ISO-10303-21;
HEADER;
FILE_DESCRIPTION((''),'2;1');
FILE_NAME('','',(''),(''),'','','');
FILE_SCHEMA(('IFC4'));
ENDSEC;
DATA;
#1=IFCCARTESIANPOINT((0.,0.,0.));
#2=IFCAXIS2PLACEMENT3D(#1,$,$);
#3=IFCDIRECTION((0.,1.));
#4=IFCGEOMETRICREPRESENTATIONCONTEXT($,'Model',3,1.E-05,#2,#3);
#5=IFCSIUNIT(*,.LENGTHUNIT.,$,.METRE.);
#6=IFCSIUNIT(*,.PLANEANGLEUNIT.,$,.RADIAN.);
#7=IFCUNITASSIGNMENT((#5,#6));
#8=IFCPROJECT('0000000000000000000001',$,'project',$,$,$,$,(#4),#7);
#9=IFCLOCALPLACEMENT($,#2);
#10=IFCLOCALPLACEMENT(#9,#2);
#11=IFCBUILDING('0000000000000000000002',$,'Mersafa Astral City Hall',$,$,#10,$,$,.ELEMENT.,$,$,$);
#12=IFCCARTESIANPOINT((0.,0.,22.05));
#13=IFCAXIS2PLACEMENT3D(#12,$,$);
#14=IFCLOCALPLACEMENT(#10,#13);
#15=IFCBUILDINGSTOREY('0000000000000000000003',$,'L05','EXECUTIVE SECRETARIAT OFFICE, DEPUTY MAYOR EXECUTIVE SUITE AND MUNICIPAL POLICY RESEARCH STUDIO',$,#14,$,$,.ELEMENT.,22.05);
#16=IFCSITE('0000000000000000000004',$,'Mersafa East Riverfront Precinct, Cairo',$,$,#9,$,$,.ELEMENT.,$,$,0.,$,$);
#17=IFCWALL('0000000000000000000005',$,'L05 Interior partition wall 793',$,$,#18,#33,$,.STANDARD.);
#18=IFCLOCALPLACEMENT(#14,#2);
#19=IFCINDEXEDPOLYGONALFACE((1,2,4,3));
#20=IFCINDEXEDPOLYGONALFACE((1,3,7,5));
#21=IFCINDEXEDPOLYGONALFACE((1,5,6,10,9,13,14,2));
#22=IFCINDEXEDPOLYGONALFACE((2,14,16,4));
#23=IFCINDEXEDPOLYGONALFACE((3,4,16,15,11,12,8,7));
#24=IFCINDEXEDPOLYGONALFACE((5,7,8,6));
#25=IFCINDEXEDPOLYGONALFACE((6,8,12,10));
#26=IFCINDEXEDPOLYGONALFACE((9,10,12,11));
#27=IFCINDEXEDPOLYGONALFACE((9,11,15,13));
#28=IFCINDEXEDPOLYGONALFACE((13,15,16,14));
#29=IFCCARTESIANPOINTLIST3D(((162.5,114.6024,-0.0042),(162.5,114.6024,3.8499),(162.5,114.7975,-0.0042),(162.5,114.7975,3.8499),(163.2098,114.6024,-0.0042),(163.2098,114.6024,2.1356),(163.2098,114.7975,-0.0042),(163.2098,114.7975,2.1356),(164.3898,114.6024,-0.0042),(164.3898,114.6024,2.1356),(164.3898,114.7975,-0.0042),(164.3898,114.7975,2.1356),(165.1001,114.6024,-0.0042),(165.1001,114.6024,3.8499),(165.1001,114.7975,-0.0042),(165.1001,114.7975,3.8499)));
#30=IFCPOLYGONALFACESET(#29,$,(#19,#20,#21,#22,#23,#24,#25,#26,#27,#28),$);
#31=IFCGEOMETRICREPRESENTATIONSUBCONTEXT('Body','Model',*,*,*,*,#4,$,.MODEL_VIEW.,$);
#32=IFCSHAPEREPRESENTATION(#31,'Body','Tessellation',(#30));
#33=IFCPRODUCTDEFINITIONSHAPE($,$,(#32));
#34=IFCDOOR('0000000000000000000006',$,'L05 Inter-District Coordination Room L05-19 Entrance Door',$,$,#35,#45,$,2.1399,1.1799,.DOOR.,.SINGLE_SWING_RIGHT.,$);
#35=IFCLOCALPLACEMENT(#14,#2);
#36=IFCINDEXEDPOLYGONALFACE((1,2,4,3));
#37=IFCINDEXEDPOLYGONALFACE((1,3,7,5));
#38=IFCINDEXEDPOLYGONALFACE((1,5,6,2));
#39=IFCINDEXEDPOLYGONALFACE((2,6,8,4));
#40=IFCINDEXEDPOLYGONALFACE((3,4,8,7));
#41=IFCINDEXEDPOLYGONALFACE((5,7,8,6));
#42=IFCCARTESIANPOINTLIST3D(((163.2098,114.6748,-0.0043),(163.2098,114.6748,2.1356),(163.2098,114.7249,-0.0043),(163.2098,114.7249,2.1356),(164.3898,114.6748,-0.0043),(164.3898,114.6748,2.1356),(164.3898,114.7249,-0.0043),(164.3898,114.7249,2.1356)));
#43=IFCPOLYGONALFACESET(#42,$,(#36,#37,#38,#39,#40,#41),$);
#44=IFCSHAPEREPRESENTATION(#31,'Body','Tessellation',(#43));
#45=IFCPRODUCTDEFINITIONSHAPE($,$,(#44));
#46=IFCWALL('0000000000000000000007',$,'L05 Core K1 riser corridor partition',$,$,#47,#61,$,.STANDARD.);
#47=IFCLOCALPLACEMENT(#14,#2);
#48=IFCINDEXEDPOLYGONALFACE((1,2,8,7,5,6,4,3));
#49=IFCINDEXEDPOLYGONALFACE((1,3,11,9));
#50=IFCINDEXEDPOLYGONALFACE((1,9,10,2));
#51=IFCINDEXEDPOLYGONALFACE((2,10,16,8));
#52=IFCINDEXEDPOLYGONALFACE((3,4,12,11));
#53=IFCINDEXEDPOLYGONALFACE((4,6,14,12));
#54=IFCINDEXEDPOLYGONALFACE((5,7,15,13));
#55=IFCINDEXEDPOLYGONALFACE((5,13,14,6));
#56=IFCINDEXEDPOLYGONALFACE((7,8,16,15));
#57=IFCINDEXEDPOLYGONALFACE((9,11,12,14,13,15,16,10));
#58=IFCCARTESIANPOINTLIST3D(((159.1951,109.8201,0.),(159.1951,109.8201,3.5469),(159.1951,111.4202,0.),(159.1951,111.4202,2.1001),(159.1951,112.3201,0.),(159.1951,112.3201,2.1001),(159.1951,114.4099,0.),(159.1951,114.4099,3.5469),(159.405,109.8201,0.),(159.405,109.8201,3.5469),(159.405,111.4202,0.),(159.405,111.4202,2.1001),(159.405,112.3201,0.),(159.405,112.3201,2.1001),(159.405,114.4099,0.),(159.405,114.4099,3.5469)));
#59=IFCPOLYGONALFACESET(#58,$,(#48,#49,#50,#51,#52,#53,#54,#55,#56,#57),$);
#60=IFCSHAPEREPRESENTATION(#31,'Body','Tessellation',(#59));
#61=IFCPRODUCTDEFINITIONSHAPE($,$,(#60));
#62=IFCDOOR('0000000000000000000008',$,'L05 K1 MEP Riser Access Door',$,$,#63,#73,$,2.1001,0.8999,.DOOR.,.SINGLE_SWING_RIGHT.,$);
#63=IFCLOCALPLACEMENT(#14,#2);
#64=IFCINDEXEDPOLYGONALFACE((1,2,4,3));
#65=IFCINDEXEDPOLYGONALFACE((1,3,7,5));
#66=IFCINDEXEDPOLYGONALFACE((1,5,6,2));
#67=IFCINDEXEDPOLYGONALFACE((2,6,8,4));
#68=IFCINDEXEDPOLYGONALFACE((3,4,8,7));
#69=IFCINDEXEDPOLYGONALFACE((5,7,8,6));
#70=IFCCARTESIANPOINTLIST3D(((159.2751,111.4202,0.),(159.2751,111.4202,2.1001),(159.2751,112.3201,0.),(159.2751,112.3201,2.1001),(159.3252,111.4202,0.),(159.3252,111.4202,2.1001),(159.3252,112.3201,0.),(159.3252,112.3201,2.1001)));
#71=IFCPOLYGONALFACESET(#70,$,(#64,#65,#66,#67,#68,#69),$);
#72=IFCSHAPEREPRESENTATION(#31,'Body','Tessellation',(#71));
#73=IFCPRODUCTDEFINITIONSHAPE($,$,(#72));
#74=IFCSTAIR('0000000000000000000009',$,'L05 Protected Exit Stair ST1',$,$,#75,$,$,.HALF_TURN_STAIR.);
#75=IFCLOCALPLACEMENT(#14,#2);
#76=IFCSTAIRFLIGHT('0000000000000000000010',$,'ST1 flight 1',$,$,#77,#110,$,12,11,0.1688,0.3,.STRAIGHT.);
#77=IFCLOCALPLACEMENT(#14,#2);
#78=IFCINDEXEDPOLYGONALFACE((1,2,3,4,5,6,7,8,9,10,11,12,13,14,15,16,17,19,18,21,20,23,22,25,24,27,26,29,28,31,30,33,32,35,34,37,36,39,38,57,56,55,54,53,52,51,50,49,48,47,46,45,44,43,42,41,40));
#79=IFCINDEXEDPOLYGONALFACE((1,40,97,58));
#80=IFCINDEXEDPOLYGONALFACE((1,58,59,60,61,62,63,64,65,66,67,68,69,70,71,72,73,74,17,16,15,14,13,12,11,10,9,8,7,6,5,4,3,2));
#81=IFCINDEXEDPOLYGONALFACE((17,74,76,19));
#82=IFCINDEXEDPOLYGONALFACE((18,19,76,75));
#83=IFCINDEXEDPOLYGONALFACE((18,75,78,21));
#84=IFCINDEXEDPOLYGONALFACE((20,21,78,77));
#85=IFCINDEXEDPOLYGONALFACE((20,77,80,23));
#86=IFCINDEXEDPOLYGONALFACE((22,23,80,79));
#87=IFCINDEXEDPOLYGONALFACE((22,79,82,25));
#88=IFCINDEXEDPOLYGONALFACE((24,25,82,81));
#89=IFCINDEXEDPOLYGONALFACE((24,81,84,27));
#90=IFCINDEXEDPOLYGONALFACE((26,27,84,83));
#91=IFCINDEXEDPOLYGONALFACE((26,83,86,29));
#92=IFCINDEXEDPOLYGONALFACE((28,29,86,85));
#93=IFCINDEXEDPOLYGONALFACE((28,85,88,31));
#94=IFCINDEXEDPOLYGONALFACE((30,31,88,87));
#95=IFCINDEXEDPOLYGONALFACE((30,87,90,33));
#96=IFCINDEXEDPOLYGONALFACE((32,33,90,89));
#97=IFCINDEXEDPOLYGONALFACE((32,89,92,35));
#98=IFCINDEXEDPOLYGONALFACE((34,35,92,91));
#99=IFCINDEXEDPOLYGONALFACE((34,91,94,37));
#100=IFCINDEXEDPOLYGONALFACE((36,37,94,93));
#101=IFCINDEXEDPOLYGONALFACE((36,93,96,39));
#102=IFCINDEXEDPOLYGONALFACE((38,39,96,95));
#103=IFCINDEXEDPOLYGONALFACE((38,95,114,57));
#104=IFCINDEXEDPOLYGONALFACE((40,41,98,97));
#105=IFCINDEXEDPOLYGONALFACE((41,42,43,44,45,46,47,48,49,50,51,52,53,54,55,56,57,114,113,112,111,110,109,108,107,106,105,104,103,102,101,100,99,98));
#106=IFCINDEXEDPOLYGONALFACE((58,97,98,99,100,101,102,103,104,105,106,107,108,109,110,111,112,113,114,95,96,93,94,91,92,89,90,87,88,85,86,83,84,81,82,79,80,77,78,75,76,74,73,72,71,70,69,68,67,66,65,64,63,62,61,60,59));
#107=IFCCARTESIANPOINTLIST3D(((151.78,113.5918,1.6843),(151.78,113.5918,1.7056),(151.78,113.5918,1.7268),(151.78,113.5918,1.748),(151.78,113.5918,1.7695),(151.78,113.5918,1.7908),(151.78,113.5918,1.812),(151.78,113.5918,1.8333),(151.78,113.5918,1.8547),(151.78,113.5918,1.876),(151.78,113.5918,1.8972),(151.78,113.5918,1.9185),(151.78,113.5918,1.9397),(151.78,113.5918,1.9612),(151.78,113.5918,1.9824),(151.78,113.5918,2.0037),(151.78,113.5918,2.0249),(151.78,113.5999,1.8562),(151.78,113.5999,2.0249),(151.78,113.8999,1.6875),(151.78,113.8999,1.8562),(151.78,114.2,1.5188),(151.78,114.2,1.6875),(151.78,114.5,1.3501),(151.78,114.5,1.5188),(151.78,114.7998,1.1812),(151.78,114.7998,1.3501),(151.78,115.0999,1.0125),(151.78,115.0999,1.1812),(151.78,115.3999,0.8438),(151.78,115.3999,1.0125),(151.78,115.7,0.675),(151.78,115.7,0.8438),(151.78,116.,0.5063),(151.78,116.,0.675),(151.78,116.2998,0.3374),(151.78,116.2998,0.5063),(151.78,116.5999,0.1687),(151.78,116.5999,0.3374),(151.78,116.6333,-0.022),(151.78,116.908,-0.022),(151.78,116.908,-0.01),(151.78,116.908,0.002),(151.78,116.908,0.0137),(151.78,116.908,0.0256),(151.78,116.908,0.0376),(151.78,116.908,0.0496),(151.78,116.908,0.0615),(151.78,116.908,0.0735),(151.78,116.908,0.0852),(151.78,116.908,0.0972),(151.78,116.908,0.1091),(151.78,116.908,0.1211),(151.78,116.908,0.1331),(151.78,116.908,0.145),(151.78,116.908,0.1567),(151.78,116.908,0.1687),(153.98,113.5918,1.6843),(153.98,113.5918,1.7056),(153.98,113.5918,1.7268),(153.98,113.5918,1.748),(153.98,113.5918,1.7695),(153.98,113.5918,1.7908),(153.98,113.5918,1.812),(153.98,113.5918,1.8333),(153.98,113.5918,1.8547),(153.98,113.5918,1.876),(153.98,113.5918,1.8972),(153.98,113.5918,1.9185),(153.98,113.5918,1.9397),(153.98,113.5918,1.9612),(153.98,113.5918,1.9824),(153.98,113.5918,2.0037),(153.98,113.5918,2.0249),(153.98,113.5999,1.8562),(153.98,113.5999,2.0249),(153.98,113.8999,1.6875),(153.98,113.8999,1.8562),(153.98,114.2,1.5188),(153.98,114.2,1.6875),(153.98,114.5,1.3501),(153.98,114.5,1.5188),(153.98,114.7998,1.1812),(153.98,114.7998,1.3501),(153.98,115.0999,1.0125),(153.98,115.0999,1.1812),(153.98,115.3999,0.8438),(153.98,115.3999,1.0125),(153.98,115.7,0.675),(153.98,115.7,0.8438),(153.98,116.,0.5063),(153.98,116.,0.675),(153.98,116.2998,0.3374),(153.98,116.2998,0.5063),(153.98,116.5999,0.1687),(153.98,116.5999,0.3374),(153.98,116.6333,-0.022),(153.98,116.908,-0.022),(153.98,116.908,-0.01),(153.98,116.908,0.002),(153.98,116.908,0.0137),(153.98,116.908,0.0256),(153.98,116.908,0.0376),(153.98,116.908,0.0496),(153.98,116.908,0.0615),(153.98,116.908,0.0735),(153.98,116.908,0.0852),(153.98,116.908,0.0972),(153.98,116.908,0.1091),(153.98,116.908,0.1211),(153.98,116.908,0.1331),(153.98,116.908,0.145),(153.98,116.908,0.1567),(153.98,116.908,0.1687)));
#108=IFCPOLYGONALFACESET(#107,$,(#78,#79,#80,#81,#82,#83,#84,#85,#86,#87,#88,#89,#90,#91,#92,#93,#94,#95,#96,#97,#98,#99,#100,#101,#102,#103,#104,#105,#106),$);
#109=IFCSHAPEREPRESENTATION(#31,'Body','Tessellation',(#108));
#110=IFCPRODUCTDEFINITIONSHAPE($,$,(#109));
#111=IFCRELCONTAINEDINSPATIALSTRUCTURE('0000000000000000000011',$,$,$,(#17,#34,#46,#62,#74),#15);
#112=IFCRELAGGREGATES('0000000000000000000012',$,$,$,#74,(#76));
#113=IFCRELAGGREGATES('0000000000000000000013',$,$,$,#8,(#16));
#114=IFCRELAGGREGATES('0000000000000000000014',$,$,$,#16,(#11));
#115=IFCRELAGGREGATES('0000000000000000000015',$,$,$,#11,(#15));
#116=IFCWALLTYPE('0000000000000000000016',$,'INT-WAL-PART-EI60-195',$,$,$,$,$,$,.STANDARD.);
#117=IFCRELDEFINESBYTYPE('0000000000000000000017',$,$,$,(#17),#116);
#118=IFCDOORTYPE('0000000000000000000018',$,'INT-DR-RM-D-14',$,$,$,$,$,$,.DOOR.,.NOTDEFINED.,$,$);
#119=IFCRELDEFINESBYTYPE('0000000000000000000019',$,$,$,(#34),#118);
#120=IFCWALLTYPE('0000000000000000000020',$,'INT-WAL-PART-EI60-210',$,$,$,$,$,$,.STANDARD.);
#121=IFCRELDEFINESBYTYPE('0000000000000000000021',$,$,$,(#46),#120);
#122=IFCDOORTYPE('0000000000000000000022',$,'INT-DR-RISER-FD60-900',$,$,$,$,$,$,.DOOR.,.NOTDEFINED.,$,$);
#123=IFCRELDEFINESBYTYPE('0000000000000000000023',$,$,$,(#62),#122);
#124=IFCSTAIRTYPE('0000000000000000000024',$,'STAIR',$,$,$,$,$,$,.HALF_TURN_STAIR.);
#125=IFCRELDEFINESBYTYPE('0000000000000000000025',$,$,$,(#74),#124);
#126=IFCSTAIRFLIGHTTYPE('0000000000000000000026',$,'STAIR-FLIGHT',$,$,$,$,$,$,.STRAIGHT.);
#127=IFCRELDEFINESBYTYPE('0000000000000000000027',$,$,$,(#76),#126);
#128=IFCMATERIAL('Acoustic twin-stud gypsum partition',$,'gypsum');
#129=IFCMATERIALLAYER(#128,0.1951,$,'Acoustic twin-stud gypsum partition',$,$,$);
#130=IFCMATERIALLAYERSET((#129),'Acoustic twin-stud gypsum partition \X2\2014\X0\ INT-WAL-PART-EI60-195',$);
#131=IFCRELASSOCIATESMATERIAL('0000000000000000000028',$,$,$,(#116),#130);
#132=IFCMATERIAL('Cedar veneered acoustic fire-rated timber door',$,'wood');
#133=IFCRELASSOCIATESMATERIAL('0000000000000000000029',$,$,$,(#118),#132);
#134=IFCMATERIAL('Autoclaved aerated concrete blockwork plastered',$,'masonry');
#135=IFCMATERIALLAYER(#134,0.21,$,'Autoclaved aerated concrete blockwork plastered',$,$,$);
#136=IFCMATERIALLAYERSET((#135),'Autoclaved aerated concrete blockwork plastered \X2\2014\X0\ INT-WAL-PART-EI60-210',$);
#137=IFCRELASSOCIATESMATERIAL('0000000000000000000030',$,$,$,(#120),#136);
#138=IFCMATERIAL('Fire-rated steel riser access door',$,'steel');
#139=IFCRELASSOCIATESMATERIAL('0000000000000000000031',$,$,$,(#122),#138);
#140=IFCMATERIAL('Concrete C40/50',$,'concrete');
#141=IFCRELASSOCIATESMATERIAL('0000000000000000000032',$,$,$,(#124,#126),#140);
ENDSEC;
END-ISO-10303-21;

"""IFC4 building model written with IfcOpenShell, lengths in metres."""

from ifc_helpers import new_model, si_unit, direction, frame, frame_2d, origin, place, context, subcontext, project, spatial, polyline, rectangle, outline, extrude, material, layer, layer_set, type_object, element, fill, aggregate, save


model = new_model("IFC4")

# Units and contexts
model_context = context("Model", 3, precision=1e-05, world=origin(), true_north=direction((0.0, 1.0)))
body_context = subcontext(model_context, "Body", "Model", "MODEL_VIEW")
ifc_project = project(units=[si_unit("LENGTHUNIT", "METRE"), si_unit("PLANEANGLEUNIT", "RADIAN")], contexts=[model_context])

# Site, building, storey
site_placement = place(None, origin())
site = spatial("IfcSite", under=ifc_project, at=site_placement, Name="Mersafa East Riverfront Precinct, Cairo", CompositionType="ELEMENT", RefElevation=0.0)
building_placement = place(site_placement, origin())
building = spatial("IfcBuilding", under=site, at=building_placement, Name="Mersafa Astral City Hall", CompositionType="ELEMENT")
storey_placement = place(building_placement, frame((0.0, 0.0, 22.05)))
storey = spatial("IfcBuildingStorey", under=building, at=storey_placement, Name="L05", Description="EXECUTIVE SECRETARIAT OFFICE, DEPUTY MAYOR EXECUTIVE SUITE AND MUNICIPAL POLICY RESEARCH STUDIO", CompositionType="ELEMENT", Elevation=22.05)

# Shared definitions
ifc_material_1 = material(Name="Concrete C40/50", Category="concrete")
ifc_material_2 = material(Name="Acoustic twin-stud gypsum partition", Category="gypsum")

# Walls, openings, doors
ifc_layer_1 = layer(ifc_material_2, 0.1951, Name="Acoustic twin-stud gypsum partition")
ifc_layer_set_1 = layer_set([ifc_layer_1], Name="Acoustic twin-stud gypsum partition — INT-WAL-PART-EI60-195")
wall_type_1 = type_object("IfcWallType", Name="INT-WAL-PART-EI60-195", PredefinedType="STANDARD", material=ifc_layer_set_1)
wall_1_placement = place(storey_placement, frame((162.5, 114.7, -0.0042), z_axis=(0.0, 0.0, 1.0), x_axis=(1.0, 0.0, 0.0)))
wall_1 = element("IfcWall", 1, at=wall_1_placement, inside=storey, type_object=wall_type_1, Name="L05 Interior partition wall 793", PredefinedType="STANDARD", context=body_context, shape_type="SweptSolid", body=[
    extrude(rectangle(XDim=2.6001, YDim=0.1951, at=frame_2d((1.3, 0.0))), origin(), (0.0, 0.0, 1.0), 3.854),
])
opening_1_placement = place(wall_1_placement, frame((0.71, 0.0, 0.0)))
opening_1 = element("IfcOpeningElement", 2, at=opening_1_placement, cuts=wall_1, PredefinedType="OPENING", context=body_context, shape_type="SweptSolid", body=[
    extrude(rectangle(XDim=1.1799, YDim=2.1399, at=frame_2d((0.5898, 1.0698))), frame((0.0, 0.1074, 0.0), z_axis=(0.0, -1.0, 0.0), x_axis=(1.0, 0.0, 0.0)), (0.0, 0.0, 1.0), 0.2151),
])
ifc_material_3 = material(Name="Cedar veneered acoustic fire-rated timber door", Category="wood")
door_type_1 = type_object("IfcDoorType", Name="INT-DR-RM-D-14", OperationType="NOTDEFINED", PredefinedType="DOOR", material=ifc_material_3)
door_1_placement = place(opening_1_placement, origin())
door_1 = element("IfcDoor", 3, at=door_1_placement, inside=storey, type_object=door_type_1, Name="L05 Inter-District Coordination Room L05-19 Entrance Door", OperationType="SINGLE_SWING_RIGHT", OverallHeight=2.1399, OverallWidth=1.1799, PredefinedType="DOOR", context=body_context, shape_type="SweptSolid", body=[
    extrude(rectangle(XDim=1.1799, YDim=2.1399, at=frame_2d((0.5898, 1.0698))), frame((0.0, 0.0249, 0.0), z_axis=(0.0, -1.0, 0.0), x_axis=(1.0, 0.0, 0.0)), (0.0, 0.0, 1.0), 0.05),
])
fill(opening_1, door_1)
ifc_material_4 = material(Name="Autoclaved aerated concrete blockwork plastered", Category="masonry")
ifc_layer_2 = layer(ifc_material_4, 0.21, Name="Autoclaved aerated concrete blockwork plastered")
ifc_layer_set_2 = layer_set([ifc_layer_2], Name="Autoclaved aerated concrete blockwork plastered — INT-WAL-PART-EI60-210")
wall_type_2 = type_object("IfcWallType", Name="INT-WAL-PART-EI60-210", PredefinedType="STANDARD", material=ifc_layer_set_2)
wall_2_placement = place(storey_placement, frame((159.3, 109.8201, 0.0), z_axis=(0.0, 0.0, 1.0), x_axis=(0.0, 1.0, 0.0)))
wall_2 = element("IfcWall", 4, at=wall_2_placement, inside=storey, type_object=wall_type_2, Name="L05 Core K1 riser corridor partition", PredefinedType="STANDARD", context=body_context, shape_type="SweptSolid", body=[
    extrude(rectangle(XDim=4.5898, YDim=0.21, at=frame_2d((2.2949, 0.0))), origin(), (0.0, 0.0, 1.0), 3.5469),
])
opening_2_placement = place(wall_2_placement, frame((1.6001, 0.0, 0.0)))
opening_2 = element("IfcOpeningElement", 5, at=opening_2_placement, cuts=wall_2, PredefinedType="OPENING", context=body_context, shape_type="SweptSolid", body=[
    extrude(rectangle(XDim=0.8999, YDim=2.1001, at=frame_2d((0.45, 1.05))), frame((0.0, 0.115, 0.0), z_axis=(0.0, -1.0, 0.0), x_axis=(1.0, 0.0, 0.0)), (0.0, 0.0, 1.0), 0.23),
])
ifc_material_5 = material(Name="Fire-rated steel riser access door", Category="steel")
door_type_2 = type_object("IfcDoorType", Name="INT-DR-RISER-FD60-900", OperationType="NOTDEFINED", PredefinedType="DOOR", material=ifc_material_5)
door_2_placement = place(opening_2_placement, origin())
door_2 = element("IfcDoor", 6, at=door_2_placement, inside=storey, type_object=door_type_2, Name="L05 K1 MEP Riser Access Door", OperationType="SINGLE_SWING_RIGHT", OverallHeight=2.1001, OverallWidth=0.8999, PredefinedType="DOOR", context=body_context, shape_type="SweptSolid", body=[
    extrude(rectangle(XDim=0.8999, YDim=2.1001, at=frame_2d((0.45, 1.05))), frame((0.0, 0.0249, 0.0), z_axis=(0.0, -1.0, 0.0), x_axis=(1.0, 0.0, 0.0)), (0.0, 0.0, 1.0), 0.05),
])
fill(opening_2, door_2)

# Stair, stair flight
stair_type = type_object("IfcStairType", Name="STAIR", PredefinedType="HALF_TURN_STAIR", material=ifc_material_1)
stair_placement = place(storey_placement, origin())
stair = element("IfcStair", 7, at=stair_placement, inside=storey, type_object=stair_type, Name="L05 Protected Exit Stair ST1", PredefinedType="HALF_TURN_STAIR")
stair_flight_type = type_object("IfcStairFlightType", Name="STAIR-FLIGHT", PredefinedType="STRAIGHT", material=ifc_material_1)
stair_flight_1_placement = place(storey_placement, frame((152.8799, 116.8999, 0.0), z_axis=(0.0, 0.0, 1.0), x_axis=(0.0, -1.0, 0.0)))
stair_flight_1 = element("IfcStairFlight", 8, at=stair_flight_1_placement, type_object=stair_flight_type, Name="ST1 flight 1", NumberOfRisers=12, NumberOfTreads=11, PredefinedType="STRAIGHT", RiserHeight=0.1688, TreadLength=0.3, context=body_context, shape_type="SweptSolid", body=[
    extrude(outline(polyline([(-0.0081, -0.022), (-0.0081, -0.01), (-0.0081, 0.002), (-0.0081, 0.0137), (-0.0081, 0.0256), (-0.0081, 0.0376), (-0.0081, 0.0496), (-0.0081, 0.0615), (-0.0081, 0.0735), (-0.0081, 0.0852), (-0.0081, 0.0972), (-0.0081, 0.1091), (-0.0081, 0.1211), (-0.0081, 0.1331), (-0.0081, 0.145), (-0.0081, 0.1567), (-0.0081, 0.1687), (0.3, 0.1687), (0.3, 0.3374), (0.6001, 0.3374), (0.6001, 0.5063), (0.8999, 0.5063), (0.8999, 0.675), (1.2, 0.675), (1.2, 0.8438), (1.5, 0.8438), (1.5, 1.0125), (1.8, 1.0125), (1.8, 1.1812), (2.1001, 1.1812), (2.1001, 1.3501), (2.3999, 1.3501), (2.3999, 1.5188), (2.7, 1.5188), (2.7, 1.6875), (3.0, 1.6875), (3.0, 1.8562), (3.3, 1.8562), (3.3, 2.0249), (3.3081, 2.0249), (3.3081, 2.0037), (3.3081, 1.9824), (3.3081, 1.9612), (3.3081, 1.9397), (3.3081, 1.9185), (3.3081, 1.8972), (3.3081, 1.876), (3.3081, 1.8547), (3.3081, 1.8333), (3.3081, 1.812), (3.3081, 1.7908), (3.3081, 1.7695), (3.3081, 1.748), (3.3081, 1.7268), (3.3081, 1.7056), (3.3081, 1.6843), (0.2666, -0.022), (-0.0081, -0.022)])), frame((0.0, 1.1001, 0.0), z_axis=(0.0, -1.0, 0.0), x_axis=(1.0, 0.0, 0.0)), (0.0, 0.0, 1.0), 2.2),
])
aggregate(stair, [stair_flight_1])

save(model, "model.ifc")
